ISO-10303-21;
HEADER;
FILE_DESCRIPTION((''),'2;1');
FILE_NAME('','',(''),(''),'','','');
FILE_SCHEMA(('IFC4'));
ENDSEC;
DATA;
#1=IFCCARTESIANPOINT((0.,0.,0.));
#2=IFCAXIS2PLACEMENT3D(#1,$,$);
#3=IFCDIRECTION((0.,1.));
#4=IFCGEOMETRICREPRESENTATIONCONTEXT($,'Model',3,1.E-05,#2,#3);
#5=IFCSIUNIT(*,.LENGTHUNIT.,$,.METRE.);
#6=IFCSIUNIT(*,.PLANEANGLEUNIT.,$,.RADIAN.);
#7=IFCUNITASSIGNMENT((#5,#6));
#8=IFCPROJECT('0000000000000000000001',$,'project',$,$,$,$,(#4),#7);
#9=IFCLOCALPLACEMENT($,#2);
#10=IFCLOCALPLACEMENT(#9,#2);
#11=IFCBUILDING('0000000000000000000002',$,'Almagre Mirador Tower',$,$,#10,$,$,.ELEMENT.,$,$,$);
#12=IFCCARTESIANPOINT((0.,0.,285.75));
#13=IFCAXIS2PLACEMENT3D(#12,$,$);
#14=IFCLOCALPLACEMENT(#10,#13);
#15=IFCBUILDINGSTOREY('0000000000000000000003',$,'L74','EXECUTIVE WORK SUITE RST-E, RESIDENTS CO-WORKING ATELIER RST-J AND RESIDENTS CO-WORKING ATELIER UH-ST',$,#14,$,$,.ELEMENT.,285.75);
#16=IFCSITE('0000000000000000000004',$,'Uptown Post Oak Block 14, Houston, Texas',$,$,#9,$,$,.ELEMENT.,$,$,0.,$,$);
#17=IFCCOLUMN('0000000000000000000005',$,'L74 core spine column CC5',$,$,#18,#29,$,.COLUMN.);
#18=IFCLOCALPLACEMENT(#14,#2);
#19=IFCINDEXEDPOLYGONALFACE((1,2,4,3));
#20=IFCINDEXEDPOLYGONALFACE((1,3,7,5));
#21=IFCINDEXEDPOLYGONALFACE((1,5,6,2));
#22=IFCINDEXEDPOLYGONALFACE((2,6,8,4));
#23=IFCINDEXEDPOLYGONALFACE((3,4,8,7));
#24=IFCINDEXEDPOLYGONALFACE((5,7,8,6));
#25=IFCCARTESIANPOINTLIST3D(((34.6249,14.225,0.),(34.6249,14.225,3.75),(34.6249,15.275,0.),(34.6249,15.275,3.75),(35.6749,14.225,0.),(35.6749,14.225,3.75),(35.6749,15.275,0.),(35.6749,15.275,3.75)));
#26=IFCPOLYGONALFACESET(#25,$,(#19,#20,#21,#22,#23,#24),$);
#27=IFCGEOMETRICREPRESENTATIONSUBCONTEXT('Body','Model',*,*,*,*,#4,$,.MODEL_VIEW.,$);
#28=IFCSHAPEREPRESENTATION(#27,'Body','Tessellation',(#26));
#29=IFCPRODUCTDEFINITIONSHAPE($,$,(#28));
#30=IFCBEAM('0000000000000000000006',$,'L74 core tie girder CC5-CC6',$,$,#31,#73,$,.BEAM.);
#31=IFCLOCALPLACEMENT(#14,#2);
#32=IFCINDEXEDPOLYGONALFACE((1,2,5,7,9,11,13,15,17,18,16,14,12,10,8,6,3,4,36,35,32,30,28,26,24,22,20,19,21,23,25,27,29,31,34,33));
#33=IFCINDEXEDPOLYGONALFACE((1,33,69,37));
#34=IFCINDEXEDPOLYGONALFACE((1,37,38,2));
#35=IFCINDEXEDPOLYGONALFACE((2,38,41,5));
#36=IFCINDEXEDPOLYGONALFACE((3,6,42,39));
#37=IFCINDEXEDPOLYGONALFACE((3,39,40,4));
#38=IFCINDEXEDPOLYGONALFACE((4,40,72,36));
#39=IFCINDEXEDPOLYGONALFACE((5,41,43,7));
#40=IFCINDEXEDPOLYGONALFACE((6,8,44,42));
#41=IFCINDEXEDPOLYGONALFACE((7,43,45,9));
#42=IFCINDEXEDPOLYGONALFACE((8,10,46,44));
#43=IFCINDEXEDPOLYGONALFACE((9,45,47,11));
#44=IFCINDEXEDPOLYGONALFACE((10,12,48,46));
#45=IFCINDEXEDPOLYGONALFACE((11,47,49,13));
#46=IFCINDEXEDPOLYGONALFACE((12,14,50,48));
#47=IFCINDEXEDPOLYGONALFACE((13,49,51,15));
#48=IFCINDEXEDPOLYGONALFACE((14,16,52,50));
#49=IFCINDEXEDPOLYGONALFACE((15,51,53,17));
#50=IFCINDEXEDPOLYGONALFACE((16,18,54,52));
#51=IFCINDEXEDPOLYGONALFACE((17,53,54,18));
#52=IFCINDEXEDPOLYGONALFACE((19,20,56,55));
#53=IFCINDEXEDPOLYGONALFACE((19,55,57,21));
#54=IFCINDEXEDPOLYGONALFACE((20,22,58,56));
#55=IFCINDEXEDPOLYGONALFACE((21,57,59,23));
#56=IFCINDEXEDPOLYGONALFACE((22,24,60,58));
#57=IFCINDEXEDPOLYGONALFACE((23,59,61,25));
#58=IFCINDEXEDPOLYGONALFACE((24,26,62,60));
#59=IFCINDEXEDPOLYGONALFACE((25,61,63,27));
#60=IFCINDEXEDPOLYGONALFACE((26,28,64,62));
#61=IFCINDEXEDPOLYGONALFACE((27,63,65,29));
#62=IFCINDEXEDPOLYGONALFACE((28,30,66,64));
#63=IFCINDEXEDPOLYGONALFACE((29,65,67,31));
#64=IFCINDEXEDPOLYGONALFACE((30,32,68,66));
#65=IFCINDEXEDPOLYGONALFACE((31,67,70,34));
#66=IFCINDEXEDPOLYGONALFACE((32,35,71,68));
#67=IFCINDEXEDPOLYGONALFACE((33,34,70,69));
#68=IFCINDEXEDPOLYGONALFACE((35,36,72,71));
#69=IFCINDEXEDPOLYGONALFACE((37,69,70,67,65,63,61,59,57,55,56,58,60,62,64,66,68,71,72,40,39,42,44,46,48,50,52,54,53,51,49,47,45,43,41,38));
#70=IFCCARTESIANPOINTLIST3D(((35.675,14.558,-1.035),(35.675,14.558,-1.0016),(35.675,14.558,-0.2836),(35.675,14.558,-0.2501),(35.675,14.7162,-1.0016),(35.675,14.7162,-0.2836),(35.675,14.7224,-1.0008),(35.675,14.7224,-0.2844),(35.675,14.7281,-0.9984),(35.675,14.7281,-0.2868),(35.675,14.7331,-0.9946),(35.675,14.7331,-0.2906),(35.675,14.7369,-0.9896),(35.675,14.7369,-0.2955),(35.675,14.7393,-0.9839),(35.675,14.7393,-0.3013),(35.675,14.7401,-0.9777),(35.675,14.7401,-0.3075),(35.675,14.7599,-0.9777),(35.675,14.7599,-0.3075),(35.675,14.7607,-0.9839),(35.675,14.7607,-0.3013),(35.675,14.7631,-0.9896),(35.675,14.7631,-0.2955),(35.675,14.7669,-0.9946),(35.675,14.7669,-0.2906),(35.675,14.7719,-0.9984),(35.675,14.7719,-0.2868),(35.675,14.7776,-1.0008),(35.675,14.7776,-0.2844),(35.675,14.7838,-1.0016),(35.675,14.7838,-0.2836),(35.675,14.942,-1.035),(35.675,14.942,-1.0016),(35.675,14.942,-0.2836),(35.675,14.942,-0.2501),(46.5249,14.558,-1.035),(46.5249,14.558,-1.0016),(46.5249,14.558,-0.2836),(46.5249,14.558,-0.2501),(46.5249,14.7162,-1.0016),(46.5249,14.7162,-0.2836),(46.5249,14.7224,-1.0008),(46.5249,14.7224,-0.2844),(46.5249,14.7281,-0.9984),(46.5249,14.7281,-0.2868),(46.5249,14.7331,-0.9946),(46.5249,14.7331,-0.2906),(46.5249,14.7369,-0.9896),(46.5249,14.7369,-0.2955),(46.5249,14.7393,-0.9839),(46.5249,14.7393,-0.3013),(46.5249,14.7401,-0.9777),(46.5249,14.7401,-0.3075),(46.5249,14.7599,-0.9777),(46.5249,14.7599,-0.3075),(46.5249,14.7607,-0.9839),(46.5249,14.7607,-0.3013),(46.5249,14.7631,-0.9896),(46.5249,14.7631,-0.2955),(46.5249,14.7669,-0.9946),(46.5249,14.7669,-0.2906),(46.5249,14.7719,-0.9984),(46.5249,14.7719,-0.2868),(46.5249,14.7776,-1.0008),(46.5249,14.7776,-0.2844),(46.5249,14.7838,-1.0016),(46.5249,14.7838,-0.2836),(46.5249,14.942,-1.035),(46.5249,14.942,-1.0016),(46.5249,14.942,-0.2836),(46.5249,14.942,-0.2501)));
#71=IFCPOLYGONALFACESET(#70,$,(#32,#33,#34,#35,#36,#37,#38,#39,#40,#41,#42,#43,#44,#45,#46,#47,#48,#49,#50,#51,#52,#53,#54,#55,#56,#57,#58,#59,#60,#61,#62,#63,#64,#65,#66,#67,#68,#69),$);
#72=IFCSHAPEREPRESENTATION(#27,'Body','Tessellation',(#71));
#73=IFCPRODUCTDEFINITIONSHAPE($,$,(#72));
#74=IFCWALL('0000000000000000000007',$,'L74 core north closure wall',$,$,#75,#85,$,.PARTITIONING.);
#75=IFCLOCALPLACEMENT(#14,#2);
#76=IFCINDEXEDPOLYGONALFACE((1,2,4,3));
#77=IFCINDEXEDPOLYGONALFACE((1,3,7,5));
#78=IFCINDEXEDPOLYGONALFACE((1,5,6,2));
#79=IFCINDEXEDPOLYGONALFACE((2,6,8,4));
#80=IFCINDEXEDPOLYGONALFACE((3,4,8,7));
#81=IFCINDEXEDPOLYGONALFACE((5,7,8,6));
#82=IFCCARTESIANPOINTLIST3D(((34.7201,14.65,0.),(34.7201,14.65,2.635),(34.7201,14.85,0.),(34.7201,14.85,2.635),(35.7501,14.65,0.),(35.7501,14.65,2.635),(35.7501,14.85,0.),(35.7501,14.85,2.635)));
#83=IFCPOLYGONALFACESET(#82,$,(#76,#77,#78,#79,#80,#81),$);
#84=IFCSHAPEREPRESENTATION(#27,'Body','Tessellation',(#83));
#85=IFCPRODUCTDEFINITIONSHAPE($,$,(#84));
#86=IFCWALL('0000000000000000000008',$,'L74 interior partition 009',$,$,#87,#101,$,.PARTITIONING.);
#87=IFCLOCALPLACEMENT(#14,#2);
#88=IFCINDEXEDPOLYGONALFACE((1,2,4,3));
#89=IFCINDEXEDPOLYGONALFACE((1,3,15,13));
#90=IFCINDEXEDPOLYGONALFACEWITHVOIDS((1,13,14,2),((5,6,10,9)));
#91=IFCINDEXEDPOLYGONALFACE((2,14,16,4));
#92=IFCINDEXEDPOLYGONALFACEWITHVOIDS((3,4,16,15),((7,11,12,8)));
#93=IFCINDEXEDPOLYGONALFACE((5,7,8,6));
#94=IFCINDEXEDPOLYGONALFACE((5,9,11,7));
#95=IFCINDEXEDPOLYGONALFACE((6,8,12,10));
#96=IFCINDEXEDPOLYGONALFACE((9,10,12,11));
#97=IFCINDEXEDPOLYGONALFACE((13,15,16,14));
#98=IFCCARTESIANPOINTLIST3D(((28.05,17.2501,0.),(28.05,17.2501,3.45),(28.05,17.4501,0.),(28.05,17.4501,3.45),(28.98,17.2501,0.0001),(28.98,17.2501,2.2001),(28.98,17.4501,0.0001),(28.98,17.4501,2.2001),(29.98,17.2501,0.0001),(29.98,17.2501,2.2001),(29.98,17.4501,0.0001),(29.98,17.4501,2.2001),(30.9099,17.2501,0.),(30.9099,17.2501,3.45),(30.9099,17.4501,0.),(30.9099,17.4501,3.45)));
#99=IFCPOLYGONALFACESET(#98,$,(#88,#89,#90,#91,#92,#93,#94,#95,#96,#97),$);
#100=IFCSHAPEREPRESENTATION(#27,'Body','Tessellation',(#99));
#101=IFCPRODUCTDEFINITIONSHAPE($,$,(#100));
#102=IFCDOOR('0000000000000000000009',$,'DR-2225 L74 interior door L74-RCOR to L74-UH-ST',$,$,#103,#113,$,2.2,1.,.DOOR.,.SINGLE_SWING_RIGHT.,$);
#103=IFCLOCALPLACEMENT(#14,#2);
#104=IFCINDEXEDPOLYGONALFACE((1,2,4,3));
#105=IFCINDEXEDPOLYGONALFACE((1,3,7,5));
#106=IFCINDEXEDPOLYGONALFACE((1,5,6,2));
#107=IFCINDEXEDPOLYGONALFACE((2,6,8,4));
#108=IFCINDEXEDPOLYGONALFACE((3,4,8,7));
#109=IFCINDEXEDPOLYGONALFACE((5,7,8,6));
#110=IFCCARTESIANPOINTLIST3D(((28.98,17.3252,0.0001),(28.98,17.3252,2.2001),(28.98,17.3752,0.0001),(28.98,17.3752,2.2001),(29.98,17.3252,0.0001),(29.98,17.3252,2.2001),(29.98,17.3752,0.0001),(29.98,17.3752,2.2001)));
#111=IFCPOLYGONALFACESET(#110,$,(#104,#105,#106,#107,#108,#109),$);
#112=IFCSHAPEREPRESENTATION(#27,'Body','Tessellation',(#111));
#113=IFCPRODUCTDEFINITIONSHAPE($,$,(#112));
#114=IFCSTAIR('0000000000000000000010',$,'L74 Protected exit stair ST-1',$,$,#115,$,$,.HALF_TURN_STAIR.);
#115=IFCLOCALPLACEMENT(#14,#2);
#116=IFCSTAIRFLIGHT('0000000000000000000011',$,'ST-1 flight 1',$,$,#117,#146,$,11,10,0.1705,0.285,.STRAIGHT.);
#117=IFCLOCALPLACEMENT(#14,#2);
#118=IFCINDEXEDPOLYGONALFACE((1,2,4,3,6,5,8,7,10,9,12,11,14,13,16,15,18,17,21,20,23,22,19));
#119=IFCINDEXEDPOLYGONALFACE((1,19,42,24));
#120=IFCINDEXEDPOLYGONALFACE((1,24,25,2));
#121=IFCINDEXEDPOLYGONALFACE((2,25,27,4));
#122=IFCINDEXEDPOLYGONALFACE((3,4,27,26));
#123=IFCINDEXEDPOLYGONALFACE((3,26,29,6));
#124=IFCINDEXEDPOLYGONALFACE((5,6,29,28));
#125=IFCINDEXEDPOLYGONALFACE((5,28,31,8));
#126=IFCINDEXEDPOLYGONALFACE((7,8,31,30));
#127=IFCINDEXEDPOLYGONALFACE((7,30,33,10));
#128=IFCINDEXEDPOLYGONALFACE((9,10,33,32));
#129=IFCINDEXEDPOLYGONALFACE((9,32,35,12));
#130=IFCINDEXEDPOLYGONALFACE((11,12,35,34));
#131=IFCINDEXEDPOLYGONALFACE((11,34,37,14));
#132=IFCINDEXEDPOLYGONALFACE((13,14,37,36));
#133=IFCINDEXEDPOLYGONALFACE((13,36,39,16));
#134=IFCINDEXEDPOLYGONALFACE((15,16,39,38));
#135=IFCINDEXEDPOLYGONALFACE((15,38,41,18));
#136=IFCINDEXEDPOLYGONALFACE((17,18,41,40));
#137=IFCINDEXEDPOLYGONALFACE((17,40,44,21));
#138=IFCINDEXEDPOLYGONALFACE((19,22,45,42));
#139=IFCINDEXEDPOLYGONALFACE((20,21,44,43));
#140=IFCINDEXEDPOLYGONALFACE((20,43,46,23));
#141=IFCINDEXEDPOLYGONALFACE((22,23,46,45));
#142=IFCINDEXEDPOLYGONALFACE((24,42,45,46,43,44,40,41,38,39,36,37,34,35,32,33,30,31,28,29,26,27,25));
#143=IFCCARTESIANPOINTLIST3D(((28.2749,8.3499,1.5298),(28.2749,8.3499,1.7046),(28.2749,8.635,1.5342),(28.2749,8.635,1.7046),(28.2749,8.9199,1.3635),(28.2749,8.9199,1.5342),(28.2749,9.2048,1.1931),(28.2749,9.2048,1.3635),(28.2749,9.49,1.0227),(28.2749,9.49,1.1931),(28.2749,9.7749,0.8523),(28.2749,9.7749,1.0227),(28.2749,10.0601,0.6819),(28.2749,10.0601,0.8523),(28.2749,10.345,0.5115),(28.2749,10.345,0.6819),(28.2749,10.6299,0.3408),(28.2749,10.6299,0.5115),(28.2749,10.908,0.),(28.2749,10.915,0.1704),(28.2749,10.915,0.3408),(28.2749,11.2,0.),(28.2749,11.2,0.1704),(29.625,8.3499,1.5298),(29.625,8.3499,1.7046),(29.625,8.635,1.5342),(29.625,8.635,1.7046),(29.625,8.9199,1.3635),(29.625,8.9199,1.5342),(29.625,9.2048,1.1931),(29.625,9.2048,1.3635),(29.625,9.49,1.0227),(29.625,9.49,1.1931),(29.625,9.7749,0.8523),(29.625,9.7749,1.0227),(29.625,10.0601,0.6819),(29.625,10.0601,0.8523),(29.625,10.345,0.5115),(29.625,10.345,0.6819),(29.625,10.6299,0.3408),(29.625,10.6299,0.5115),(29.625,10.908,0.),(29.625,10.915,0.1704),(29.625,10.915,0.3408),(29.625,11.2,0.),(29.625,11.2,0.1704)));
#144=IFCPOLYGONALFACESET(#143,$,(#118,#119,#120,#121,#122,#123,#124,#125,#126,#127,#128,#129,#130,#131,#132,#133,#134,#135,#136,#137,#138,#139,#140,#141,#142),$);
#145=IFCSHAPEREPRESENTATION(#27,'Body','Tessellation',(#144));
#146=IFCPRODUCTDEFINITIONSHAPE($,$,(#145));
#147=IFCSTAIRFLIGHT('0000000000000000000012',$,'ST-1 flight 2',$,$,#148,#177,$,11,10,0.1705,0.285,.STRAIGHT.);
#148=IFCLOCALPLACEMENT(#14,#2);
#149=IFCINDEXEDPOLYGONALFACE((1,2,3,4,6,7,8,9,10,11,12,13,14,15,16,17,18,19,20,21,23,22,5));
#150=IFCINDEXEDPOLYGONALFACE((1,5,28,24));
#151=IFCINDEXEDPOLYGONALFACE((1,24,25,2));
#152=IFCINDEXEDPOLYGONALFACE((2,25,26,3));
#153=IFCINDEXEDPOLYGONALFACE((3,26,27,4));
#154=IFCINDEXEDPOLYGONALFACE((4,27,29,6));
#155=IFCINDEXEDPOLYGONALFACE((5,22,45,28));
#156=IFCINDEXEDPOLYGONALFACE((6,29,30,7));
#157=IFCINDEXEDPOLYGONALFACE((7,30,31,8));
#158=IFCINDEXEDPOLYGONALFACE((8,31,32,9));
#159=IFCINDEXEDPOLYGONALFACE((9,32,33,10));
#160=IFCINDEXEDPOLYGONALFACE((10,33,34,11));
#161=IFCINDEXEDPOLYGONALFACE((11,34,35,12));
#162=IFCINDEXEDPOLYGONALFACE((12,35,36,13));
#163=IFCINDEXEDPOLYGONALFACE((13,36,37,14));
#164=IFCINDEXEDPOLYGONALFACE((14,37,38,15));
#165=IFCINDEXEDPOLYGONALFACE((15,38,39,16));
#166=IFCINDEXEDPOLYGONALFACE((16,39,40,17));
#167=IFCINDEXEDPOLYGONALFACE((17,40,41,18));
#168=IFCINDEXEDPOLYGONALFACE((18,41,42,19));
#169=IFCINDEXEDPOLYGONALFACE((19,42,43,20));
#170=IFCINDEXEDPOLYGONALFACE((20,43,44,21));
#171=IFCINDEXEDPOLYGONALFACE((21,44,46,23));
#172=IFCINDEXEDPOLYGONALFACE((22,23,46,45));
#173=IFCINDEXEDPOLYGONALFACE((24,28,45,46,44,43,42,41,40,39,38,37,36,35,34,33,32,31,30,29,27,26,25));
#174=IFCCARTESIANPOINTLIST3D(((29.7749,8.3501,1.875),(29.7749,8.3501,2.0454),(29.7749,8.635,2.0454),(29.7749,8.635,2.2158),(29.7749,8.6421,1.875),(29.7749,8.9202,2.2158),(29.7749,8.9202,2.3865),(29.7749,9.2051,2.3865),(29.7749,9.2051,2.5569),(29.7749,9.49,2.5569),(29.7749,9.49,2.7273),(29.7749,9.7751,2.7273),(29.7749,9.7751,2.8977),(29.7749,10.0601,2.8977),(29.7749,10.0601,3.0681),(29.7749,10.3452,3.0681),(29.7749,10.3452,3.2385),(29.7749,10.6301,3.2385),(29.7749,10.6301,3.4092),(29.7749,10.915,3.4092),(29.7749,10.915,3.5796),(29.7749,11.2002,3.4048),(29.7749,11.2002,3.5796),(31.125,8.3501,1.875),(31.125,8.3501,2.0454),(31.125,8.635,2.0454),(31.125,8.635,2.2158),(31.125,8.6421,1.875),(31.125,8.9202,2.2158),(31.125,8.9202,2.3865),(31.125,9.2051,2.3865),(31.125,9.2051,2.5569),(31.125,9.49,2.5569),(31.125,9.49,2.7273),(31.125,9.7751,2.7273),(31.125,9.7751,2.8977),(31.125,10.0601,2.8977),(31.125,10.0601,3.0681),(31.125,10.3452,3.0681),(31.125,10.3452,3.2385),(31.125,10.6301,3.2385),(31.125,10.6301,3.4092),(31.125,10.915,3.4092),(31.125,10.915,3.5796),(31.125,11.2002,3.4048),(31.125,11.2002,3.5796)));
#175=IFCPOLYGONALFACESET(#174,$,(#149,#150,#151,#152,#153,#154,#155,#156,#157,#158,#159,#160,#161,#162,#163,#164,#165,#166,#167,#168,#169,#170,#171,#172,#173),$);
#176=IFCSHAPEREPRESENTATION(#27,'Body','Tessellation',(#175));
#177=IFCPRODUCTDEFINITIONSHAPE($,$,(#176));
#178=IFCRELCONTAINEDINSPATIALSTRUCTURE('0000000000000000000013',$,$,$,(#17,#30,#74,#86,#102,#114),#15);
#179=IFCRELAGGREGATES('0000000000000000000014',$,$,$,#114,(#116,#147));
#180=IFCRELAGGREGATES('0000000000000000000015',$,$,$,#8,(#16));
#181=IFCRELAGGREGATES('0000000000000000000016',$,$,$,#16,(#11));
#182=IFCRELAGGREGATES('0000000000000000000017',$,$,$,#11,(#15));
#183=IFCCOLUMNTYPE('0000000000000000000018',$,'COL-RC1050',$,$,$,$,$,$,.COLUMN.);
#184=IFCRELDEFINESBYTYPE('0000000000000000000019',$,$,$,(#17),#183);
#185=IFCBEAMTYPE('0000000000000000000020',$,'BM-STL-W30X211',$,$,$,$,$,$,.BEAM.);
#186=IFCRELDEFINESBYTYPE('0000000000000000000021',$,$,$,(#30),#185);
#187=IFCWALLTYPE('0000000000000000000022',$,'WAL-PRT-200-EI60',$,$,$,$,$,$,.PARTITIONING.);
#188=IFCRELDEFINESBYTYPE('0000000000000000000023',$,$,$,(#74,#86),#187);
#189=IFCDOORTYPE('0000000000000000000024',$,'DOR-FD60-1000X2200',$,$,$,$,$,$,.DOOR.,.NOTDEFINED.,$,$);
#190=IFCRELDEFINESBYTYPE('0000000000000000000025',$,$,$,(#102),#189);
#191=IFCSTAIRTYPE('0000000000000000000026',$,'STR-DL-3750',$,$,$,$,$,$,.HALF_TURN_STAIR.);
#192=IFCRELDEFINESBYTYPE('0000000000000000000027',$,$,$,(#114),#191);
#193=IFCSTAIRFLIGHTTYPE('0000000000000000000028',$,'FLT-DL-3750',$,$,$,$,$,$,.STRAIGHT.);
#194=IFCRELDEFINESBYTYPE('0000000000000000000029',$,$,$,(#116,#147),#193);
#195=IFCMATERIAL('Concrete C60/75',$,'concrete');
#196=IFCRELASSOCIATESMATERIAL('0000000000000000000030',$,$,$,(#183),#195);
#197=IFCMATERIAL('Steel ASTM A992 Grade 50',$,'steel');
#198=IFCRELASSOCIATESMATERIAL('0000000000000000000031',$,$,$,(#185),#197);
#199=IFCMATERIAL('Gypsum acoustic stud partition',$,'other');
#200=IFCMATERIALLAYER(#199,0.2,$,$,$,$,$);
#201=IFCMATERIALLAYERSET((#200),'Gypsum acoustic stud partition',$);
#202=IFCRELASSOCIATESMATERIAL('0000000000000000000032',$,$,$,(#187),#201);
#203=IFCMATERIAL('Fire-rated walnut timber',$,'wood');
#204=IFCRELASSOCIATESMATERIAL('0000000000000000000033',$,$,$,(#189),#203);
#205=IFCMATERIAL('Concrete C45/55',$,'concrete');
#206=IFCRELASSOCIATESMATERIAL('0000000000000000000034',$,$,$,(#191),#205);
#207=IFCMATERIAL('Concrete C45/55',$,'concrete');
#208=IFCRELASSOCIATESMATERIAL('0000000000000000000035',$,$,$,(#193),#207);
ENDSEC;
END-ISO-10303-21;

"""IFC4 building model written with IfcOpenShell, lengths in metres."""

from ifc_helpers import new_model, si_unit, direction, frame, frame_2d, origin, origin_2d, place, context, subcontext, project, spatial, polyline, rectangle, i_section, outline, extrude, material, layer, layer_set, material_profile, profile_set, type_object, element, fill, aggregate, save


model = new_model("IFC4")

# Units and contexts
model_context = context("Model", 3, precision=1e-05, world=origin(), true_north=direction((0.0, 1.0)))
body_context = subcontext(model_context, "Body", "Model", "MODEL_VIEW")
ifc_project = project(units=[si_unit("LENGTHUNIT", "METRE"), si_unit("PLANEANGLEUNIT", "RADIAN")], contexts=[model_context])

# Site, building, storey
site_placement = place(None, origin())
site = spatial("IfcSite", under=ifc_project, at=site_placement, Name="Uptown Post Oak Block 14, Houston, Texas", CompositionType="ELEMENT", RefElevation=0.0)
building_placement = place(site_placement, origin())
building = spatial("IfcBuilding", under=site, at=building_placement, Name="Almagre Mirador Tower", CompositionType="ELEMENT")
storey_placement = place(building_placement, frame((0.0, 0.0, 285.75)))
storey = spatial("IfcBuildingStorey", under=building, at=storey_placement, Name="L74", Description="EXECUTIVE WORK SUITE RST-E, RESIDENTS CO-WORKING ATELIER RST-J AND RESIDENTS CO-WORKING ATELIER UH-ST", CompositionType="ELEMENT", Elevation=285.75)

# Column
ifc_material_1 = material(Name="Concrete C60/75", Category="concrete")
ifc_material_profile_1 = material_profile(ifc_material_1, rectangle(XDim=1.05, YDim=1.05, at=origin_2d()), Name="RC1050X1050")
ifc_profile_set_1 = profile_set([ifc_material_profile_1], Name="Concrete C60/75")
column_type = type_object("IfcColumnType", Name="COL-RC1050", PredefinedType="COLUMN", material=ifc_profile_set_1)
column_placement = place(storey_placement, frame((35.1499, 14.75, 0.0), z_axis=(0.0, 0.0, 1.0), x_axis=(1.0, 0.0, 0.0)))
element("IfcColumn", 1, at=column_placement, inside=storey, type_object=column_type, Name="L74 core spine column CC5", PredefinedType="COLUMN", context=body_context, shape_type="SweptSolid", body=[
    extrude(rectangle(XDim=1.05, YDim=1.05, at=origin_2d()), origin(), (0.0, 0.0, 1.0), 3.75),
])

# Beam
ifc_material_2 = material(Name="Steel ASTM A992 Grade 50", Category="steel")
ifc_material_profile_2 = material_profile(ifc_material_2, i_section(OverallWidth=0.384, OverallDepth=0.7849, WebThickness=0.0198, FlangeThickness=0.0334, FilletRadius=0.0239, at=origin_2d()), Name="W30X211")
ifc_profile_set_2 = profile_set([ifc_material_profile_2], Name="Steel ASTM A992 Grade 50")
beam_type = type_object("IfcBeamType", Name="BM-STL-W30X211", PredefinedType="BEAM", material=ifc_profile_set_2)
beam_placement = place(storey_placement, frame((35.675, 14.75, -0.6426), z_axis=(1.0, 0.0, 0.0), x_axis=(0.0, 1.0, 0.0)))
element("IfcBeam", 2, at=beam_placement, inside=storey, type_object=beam_type, Name="L74 core tie girder CC5-CC6", PredefinedType="BEAM", context=body_context, shape_type="SweptSolid", body=[
    extrude(i_section(OverallWidth=0.384, OverallDepth=0.7849, WebThickness=0.0198, FlangeThickness=0.0334, FilletRadius=0.0239, at=origin_2d()), origin(), (0.0, 0.0, 1.0), 10.8499),
])

# Wall
ifc_material_3 = material(Name="Gypsum acoustic stud partition", Category="other")
ifc_layer_1 = layer(ifc_material_3, 0.2)
ifc_layer_set_1 = layer_set([ifc_layer_1], Name="Gypsum acoustic stud partition")
wall_type_1 = type_object("IfcWallType", Name="WAL-PRT-200-EI60", PredefinedType="PARTITIONING", material=ifc_layer_set_1)
wall_1_placement = place(storey_placement, frame((34.72, 14.75, 0.0), z_axis=(0.0, 0.0, 1.0), x_axis=(1.0, 0.0, 0.0)))
element("IfcWall", 3, at=wall_1_placement, inside=storey, type_object=wall_type_1, Name="L74 core north closure wall", PredefinedType="PARTITIONING", context=body_context, shape_type="SweptSolid", body=[
    extrude(rectangle(XDim=1.03, YDim=0.2, at=frame_2d((0.5151, 0.0))), origin(), (0.0, 0.0, 1.0), 2.635),
])

# Wall, opening, door
wall_2_placement = place(storey_placement, frame((30.9099, 17.3501, 0.0), z_axis=(0.0, 0.0, 1.0), x_axis=(-1.0, 0.0, 0.0)))
wall_2 = element("IfcWall", 4, at=wall_2_placement, inside=storey, type_object=wall_type_1, Name="L74 interior partition 009", PredefinedType="PARTITIONING", context=body_context, shape_type="SweptSolid", body=[
    extrude(rectangle(XDim=2.8599, YDim=0.2, at=frame_2d((1.4299, 0.0))), origin(), (0.0, 0.0, 1.0), 3.45),
])
opening_1_placement = place(wall_2_placement, frame((0.9299, 0.0, 0.0)))
opening_1 = element("IfcOpeningElement", 5, at=opening_1_placement, cuts=wall_2, PredefinedType="OPENING", context=body_context, shape_type="SweptSolid", body=[
    extrude(rectangle(XDim=1.0, YDim=2.2, at=frame_2d((0.5, 1.1001))), frame((0.0, 0.1101, 0.0), z_axis=(0.0, -1.0, 0.0), x_axis=(1.0, 0.0, 0.0)), (0.0, 0.0, 1.0), 0.22),
])
ifc_material_4 = material(Name="Fire-rated walnut timber", Category="wood")
door_type_1 = type_object("IfcDoorType", Name="DOR-FD60-1000X2200", OperationType="NOTDEFINED", PredefinedType="DOOR", material=ifc_material_4)
door_1_placement = place(opening_1_placement, origin())
door_1 = element("IfcDoor", 6, at=door_1_placement, inside=storey, type_object=door_type_1, Name="DR-2225 L74 interior door L74-RCOR to L74-UH-ST", OperationType="SINGLE_SWING_RIGHT", OverallHeight=2.2, OverallWidth=1.0, PredefinedType="DOOR", context=body_context, shape_type="SweptSolid", body=[
    extrude(rectangle(XDim=1.0, YDim=2.2, at=frame_2d((0.5, 1.1001))), frame((0.0, 0.0249, 0.0), z_axis=(0.0, -1.0, 0.0), x_axis=(1.0, 0.0, 0.0)), (0.0, 0.0, 1.0), 0.05),
])
fill(opening_1, door_1)

# Stair, stair flights
ifc_material_5 = material(Name="Concrete C45/55", Category="concrete")
stair_type = type_object("IfcStairType", Name="STR-DL-3750", PredefinedType="HALF_TURN_STAIR", material=ifc_material_5)
stair_placement = place(storey_placement, origin())
stair = element("IfcStair", 7, at=stair_placement, inside=storey, type_object=stair_type, Name="L74 Protected exit stair ST-1", PredefinedType="HALF_TURN_STAIR")
ifc_material_6 = material(Name="Concrete C45/55", Category="concrete")
stair_flight_type = type_object("IfcStairFlightType", Name="FLT-DL-3750", PredefinedType="STRAIGHT", material=ifc_material_6)
stair_flight_1_placement = place(storey_placement, frame((28.95, 11.2, 0.0), z_axis=(0.0, 0.0, 1.0), x_axis=(0.0, -1.0, 0.0)))
stair_flight_1 = element("IfcStairFlight", 8, at=stair_flight_1_placement, type_object=stair_flight_type, Name="ST-1 flight 1", NumberOfRisers=11, NumberOfTreads=10, PredefinedType="STRAIGHT", RiserHeight=0.1705, TreadLength=0.285, context=body_context, shape_type="SweptSolid", body=[
    extrude(outline(polyline([(0.0, 0.0), (0.0, 0.1704), (0.2849, 0.1704), (0.2849, 0.3408), (0.5701, 0.3408), (0.5701, 0.5115), (0.855, 0.5115), (0.855, 0.6819), (1.1399, 0.6819), (1.1399, 0.8523), (1.425, 0.8523), (1.425, 1.0227), (1.71, 1.0227), (1.71, 1.1931), (1.9951, 1.1931), (1.9951, 1.3635), (2.28, 1.3635), (2.28, 1.5342), (2.5649, 1.5342), (2.5649, 1.7046), (2.8501, 1.7046), (2.8501, 1.875), (2.8501, 1.5298), (0.292, 0.0), (0.0, 0.0)])), frame((0.0, 0.675, 0.0), z_axis=(0.0, -1.0, 0.0), x_axis=(1.0, 0.0, 0.0)), (0.0, 0.0, 1.0), 1.3501),
])
stair_flight_2_placement = place(storey_placement, frame((30.45, 8.3501, 1.875), z_axis=(0.0, 0.0, 1.0), x_axis=(0.0, 1.0, 0.0)))
stair_flight_2 = element("IfcStairFlight", 9, at=stair_flight_2_placement, type_object=stair_flight_type, Name="ST-1 flight 2", NumberOfRisers=11, NumberOfTreads=10, PredefinedType="STRAIGHT", RiserHeight=0.1705, TreadLength=0.285, context=body_context, shape_type="SweptSolid", body=[
    extrude(outline(polyline([(0.0, 0.0), (0.0, 0.1704), (0.2849, 0.1704), (0.2849, 0.3408), (0.5701, 0.3408), (0.5701, 0.5115), (0.855, 0.5115), (0.855, 0.6819), (1.1399, 0.6819), (1.1399, 0.8523), (1.425, 0.8523), (1.425, 1.0227), (1.71, 1.0227), (1.71, 1.1931), (1.9951, 1.1931), (1.9951, 1.3635), (2.28, 1.3635), (2.28, 1.5342), (2.5649, 1.5342), (2.5649, 1.7046), (2.8501, 1.7046), (2.8501, 1.875), (2.8501, 1.5298), (0.292, 0.0), (0.0, 0.0)])), frame((0.0, 0.675, 0.0), z_axis=(0.0, -1.0, 0.0), x_axis=(1.0, 0.0, 0.0)), (0.0, 0.0, 1.0), 1.3501),
])
aggregate(stair, [stair_flight_1, stair_flight_2])

save(model, "model.ifc")
